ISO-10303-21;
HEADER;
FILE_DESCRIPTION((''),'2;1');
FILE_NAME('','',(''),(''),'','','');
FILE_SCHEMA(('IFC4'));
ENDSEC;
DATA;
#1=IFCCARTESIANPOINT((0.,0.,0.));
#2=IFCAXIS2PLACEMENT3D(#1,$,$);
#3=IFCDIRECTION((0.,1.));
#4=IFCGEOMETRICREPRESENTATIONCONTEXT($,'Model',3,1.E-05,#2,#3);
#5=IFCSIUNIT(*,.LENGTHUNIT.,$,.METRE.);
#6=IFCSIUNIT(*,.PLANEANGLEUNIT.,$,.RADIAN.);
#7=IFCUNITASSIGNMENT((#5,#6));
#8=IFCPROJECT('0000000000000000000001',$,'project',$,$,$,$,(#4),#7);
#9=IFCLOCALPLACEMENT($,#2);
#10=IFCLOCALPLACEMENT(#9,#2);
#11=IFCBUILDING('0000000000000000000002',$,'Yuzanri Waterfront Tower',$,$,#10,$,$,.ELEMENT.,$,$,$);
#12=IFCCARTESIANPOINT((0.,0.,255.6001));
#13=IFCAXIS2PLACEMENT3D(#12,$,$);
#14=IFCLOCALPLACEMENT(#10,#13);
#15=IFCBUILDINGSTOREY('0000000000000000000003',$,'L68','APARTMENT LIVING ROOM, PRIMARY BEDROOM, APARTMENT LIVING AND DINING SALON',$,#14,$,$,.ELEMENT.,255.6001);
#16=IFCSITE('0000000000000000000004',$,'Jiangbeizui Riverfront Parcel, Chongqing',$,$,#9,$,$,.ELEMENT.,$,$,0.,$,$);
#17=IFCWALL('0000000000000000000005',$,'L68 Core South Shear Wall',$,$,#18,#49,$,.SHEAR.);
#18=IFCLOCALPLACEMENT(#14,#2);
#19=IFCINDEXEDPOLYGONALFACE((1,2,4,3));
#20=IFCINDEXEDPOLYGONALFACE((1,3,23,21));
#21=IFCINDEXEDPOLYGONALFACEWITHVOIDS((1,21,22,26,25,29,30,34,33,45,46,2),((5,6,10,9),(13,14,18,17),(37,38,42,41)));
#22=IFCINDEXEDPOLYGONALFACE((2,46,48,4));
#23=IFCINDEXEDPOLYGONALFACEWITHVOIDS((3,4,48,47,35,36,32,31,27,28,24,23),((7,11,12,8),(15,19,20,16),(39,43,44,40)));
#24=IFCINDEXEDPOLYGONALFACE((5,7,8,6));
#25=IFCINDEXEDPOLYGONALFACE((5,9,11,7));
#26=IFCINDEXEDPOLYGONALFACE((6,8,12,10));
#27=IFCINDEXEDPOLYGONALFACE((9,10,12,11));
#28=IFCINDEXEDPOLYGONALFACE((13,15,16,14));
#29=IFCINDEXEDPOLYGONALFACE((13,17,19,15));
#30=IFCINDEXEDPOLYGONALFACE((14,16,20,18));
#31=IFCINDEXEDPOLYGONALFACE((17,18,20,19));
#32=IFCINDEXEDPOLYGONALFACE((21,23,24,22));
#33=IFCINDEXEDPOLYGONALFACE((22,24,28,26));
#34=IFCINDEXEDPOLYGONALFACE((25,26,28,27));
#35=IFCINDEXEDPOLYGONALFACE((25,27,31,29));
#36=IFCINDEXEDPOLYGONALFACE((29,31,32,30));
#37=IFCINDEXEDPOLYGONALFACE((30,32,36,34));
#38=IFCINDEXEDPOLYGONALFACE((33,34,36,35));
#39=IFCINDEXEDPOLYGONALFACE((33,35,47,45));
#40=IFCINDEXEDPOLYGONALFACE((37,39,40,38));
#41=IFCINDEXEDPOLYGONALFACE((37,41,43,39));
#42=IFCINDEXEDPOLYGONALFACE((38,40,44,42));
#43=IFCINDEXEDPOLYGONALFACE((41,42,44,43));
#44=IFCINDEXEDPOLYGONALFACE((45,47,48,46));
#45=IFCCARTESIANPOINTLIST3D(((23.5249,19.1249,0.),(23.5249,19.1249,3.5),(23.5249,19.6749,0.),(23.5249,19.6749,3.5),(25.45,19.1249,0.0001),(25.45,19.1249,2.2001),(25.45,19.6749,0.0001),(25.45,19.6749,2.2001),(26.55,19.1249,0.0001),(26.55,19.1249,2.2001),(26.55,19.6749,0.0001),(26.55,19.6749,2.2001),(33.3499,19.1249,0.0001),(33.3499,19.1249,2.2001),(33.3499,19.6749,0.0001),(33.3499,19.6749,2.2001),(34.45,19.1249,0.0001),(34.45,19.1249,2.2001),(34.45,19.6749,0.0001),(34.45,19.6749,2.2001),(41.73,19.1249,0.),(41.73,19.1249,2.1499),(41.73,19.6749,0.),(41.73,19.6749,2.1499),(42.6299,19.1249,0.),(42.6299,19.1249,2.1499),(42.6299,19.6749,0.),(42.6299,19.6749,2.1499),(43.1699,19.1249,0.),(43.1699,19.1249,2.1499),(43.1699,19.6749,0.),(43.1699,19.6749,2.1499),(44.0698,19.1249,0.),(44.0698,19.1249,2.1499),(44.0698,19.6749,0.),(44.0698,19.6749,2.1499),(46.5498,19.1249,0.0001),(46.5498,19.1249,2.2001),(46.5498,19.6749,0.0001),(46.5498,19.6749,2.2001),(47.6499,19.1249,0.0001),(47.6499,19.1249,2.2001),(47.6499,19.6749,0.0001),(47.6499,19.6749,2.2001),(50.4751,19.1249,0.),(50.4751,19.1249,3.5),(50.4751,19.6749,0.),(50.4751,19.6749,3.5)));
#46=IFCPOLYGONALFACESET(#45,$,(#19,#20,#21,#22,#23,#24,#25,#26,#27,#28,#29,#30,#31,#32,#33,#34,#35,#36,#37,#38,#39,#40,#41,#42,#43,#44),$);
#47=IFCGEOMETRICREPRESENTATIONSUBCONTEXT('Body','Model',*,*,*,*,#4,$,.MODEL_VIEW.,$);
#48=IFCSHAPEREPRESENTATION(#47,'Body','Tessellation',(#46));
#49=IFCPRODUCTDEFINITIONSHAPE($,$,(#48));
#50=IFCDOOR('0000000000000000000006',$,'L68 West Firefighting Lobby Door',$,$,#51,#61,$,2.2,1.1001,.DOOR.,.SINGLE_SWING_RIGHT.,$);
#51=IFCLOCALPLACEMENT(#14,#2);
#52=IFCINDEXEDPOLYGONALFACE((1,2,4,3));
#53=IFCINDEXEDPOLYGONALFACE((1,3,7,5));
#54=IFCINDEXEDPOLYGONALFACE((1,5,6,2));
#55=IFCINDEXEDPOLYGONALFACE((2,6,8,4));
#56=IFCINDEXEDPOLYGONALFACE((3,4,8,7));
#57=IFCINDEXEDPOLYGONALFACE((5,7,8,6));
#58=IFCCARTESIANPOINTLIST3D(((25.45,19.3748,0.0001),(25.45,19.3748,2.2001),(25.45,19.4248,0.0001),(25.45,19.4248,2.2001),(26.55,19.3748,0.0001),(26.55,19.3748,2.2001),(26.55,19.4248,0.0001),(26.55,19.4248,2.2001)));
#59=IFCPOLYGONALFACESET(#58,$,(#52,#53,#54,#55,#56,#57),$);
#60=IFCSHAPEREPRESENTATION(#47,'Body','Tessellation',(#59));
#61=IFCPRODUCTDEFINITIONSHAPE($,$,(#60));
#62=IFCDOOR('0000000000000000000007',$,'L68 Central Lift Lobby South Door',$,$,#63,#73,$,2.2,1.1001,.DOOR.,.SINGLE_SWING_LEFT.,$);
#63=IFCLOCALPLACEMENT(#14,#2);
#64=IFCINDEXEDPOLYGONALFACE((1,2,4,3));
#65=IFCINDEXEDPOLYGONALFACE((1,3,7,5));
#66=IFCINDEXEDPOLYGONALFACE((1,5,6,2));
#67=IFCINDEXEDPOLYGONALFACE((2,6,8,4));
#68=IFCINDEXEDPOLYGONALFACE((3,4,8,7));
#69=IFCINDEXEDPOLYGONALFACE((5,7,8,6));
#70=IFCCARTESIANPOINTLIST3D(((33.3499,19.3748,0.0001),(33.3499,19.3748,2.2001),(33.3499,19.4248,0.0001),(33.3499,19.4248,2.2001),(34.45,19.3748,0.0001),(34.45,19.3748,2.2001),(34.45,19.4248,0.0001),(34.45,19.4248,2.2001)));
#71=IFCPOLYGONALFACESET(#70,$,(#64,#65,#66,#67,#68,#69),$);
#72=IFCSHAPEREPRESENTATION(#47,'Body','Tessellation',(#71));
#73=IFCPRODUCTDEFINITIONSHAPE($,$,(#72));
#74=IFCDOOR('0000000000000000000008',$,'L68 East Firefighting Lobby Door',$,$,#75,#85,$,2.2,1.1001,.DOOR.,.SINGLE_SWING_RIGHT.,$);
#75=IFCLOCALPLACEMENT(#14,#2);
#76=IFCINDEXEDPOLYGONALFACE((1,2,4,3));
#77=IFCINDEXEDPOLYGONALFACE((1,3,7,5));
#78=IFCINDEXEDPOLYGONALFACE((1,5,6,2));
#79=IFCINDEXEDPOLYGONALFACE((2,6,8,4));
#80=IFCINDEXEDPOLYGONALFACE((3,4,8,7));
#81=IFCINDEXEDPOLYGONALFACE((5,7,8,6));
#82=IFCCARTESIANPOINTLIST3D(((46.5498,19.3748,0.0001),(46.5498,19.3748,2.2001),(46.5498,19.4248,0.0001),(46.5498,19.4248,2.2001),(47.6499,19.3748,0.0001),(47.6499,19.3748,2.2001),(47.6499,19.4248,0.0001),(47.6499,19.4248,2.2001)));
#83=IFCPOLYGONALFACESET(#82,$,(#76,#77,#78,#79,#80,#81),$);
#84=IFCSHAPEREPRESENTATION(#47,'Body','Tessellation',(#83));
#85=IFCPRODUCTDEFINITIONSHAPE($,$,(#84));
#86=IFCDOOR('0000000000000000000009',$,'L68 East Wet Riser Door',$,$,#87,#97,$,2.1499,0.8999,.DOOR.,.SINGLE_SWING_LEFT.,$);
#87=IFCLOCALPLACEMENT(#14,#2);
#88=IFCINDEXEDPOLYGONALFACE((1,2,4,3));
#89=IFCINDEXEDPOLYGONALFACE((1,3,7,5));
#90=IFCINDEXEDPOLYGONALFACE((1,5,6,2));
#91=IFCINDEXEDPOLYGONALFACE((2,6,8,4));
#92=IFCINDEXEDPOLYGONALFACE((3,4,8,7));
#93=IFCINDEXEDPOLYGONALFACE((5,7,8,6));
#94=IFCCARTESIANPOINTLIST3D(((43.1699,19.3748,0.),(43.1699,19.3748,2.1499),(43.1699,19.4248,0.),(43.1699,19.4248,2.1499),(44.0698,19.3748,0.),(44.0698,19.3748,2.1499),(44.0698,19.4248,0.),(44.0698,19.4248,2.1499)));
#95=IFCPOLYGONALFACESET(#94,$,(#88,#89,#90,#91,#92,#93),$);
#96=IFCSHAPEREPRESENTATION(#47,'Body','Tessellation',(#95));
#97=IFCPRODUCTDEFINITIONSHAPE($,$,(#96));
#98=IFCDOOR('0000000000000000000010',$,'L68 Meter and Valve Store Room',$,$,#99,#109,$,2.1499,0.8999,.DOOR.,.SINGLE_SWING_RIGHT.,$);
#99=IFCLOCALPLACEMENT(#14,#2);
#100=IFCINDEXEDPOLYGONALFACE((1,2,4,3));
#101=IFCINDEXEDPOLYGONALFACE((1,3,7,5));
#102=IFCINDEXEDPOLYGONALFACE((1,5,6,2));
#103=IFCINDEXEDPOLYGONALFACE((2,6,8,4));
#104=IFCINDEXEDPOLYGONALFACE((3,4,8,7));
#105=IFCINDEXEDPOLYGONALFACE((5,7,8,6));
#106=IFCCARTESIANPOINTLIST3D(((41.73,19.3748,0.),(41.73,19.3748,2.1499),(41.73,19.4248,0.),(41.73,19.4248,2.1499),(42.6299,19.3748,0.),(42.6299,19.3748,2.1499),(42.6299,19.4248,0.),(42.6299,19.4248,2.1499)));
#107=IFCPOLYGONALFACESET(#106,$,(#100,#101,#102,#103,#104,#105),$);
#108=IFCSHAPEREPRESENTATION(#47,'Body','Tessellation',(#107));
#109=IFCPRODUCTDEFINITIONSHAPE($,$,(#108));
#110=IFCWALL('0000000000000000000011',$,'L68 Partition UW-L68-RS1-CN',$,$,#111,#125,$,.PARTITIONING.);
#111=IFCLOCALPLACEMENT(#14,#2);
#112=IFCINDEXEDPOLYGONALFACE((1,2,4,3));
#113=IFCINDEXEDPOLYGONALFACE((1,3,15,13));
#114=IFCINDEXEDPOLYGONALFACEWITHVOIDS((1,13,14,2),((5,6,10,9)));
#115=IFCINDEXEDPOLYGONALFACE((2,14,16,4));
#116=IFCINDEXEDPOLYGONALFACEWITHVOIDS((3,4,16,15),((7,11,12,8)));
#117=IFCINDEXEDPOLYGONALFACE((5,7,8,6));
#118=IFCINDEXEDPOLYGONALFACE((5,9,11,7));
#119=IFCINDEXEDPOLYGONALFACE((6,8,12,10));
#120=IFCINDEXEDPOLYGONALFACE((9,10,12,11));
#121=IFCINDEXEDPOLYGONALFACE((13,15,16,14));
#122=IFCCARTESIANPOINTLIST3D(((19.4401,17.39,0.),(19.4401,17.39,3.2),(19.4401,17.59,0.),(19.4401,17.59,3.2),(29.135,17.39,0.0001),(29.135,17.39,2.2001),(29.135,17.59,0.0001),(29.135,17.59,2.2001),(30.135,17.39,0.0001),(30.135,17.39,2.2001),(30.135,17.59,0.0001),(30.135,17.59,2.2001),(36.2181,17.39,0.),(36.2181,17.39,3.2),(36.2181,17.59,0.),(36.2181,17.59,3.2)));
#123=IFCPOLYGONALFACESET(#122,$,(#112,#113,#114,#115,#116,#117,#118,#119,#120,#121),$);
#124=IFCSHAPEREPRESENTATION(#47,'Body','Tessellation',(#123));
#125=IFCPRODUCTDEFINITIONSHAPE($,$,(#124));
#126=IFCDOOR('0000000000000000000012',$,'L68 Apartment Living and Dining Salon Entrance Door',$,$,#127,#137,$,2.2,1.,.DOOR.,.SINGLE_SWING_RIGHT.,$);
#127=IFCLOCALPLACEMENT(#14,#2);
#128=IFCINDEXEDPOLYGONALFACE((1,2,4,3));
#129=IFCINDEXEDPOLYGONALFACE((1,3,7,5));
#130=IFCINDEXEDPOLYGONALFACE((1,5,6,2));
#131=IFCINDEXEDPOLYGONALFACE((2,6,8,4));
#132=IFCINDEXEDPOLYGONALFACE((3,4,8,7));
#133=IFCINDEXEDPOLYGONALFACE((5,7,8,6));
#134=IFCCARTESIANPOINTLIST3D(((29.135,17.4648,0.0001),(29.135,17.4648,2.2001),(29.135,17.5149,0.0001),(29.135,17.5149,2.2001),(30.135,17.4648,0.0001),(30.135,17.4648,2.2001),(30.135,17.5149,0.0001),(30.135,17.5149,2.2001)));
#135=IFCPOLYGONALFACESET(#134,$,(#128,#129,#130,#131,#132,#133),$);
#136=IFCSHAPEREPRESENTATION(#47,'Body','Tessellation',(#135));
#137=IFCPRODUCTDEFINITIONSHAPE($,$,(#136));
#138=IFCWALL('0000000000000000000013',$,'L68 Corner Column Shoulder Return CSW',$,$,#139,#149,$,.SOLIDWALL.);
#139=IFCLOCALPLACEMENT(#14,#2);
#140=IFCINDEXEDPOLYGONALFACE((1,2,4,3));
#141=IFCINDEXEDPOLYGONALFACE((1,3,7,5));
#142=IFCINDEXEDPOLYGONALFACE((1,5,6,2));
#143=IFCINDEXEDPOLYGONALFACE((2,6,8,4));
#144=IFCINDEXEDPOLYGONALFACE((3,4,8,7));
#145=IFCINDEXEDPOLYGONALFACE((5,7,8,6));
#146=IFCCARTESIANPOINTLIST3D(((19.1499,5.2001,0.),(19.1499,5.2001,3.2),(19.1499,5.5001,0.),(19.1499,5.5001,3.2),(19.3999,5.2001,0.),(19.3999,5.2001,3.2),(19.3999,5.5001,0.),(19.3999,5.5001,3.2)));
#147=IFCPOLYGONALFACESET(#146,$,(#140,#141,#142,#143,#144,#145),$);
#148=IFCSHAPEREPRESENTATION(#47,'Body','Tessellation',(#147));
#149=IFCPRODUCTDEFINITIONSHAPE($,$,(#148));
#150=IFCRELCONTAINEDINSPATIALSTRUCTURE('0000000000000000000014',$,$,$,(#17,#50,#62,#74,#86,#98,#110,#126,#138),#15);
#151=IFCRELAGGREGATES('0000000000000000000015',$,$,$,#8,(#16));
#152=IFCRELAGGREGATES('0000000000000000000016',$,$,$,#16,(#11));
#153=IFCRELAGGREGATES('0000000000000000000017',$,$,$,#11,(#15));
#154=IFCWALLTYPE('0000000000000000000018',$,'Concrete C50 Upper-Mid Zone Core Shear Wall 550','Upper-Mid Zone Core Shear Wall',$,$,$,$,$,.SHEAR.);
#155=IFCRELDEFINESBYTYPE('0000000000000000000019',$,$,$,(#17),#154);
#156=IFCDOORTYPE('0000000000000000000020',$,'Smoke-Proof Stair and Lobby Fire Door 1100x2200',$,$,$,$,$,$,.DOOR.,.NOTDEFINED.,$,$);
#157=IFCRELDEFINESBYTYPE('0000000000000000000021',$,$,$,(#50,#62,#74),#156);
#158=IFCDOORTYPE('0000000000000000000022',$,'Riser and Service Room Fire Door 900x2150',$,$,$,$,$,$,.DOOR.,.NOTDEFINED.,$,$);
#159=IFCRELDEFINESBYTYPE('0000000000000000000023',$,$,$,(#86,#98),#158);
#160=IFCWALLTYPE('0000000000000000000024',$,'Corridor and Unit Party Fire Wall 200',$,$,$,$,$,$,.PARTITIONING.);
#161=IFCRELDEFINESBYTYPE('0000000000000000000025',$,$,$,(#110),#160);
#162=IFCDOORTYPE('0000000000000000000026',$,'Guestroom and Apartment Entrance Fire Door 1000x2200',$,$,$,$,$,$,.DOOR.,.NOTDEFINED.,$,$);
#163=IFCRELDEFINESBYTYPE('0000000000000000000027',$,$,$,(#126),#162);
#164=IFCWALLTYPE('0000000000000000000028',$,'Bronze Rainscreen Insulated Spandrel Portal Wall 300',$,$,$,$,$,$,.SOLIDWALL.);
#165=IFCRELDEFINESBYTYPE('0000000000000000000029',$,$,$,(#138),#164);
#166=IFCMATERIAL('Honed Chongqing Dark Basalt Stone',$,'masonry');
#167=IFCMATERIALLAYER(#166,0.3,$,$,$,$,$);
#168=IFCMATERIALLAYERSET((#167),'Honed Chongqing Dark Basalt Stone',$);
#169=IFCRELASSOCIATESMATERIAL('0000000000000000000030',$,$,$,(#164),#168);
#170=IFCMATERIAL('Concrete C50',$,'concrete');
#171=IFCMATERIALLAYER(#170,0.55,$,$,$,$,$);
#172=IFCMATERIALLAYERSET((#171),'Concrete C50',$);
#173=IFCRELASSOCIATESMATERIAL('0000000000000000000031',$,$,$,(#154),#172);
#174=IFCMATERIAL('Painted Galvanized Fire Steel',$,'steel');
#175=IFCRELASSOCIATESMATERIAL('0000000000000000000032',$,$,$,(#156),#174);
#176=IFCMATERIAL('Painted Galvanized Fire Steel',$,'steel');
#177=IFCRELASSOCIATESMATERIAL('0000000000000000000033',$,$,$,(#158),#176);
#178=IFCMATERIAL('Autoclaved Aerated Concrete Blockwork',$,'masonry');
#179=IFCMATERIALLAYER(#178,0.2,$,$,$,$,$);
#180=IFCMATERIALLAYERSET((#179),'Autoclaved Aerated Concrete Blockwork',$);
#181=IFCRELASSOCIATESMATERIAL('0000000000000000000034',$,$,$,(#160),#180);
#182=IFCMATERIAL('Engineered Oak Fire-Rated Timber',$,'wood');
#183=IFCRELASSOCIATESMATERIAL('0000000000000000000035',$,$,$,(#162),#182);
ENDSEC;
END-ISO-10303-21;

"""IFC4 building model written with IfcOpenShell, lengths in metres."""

from ifc_helpers import new_model, si_unit, direction, frame, frame_2d, origin, place, context, subcontext, project, spatial, rectangle, extrude, source, transform, mapped, material, layer, layer_set, type_object, element, fill, save


model = new_model("IFC4")

# Units and contexts
model_context = context("Model", 3, precision=1e-05, world=origin(), true_north=direction((0.0, 1.0)))
body_context = subcontext(model_context, "Body", "Model", "MODEL_VIEW")
ifc_project = project(units=[si_unit("LENGTHUNIT", "METRE"), si_unit("PLANEANGLEUNIT", "RADIAN")], contexts=[model_context])

# Site, building, storey
site_placement = place(None, origin())
site = spatial("IfcSite", under=ifc_project, at=site_placement, Name="Jiangbeizui Riverfront Parcel, Chongqing", CompositionType="ELEMENT", RefElevation=0.0)
building_placement = place(site_placement, origin())
building = spatial("IfcBuilding", under=site, at=building_placement, Name="Yuzanri Waterfront Tower", CompositionType="ELEMENT")
storey_placement = place(building_placement, frame((0.0, 0.0, 255.6001)))
storey = spatial("IfcBuildingStorey", under=building, at=storey_placement, Name="L68", Description="APARTMENT LIVING ROOM, PRIMARY BEDROOM, APARTMENT LIVING AND DINING SALON", CompositionType="ELEMENT", Elevation=255.6001)

# Shared definitions
ifc_material_1 = material(Name="Honed Chongqing Dark Basalt Stone", Category="masonry")
ifc_layer_1 = layer(ifc_material_1, 0.3)
ifc_layer_set_1 = layer_set([ifc_layer_1], Name="Honed Chongqing Dark Basalt Stone")
wall_type_1 = type_object("IfcWallType", Name="Bronze Rainscreen Insulated Spandrel Portal Wall 300", PredefinedType="SOLIDWALL", material=ifc_layer_set_1)

# Wall, openings, doors
ifc_material_2 = material(Name="Concrete C50", Category="concrete")
ifc_layer_2 = layer(ifc_material_2, 0.55)
ifc_layer_set_2 = layer_set([ifc_layer_2], Name="Concrete C50")
wall_type_2 = type_object("IfcWallType", Name="Concrete C50 Upper-Mid Zone Core Shear Wall 550", Description="Upper-Mid Zone Core Shear Wall", PredefinedType="SHEAR", material=ifc_layer_set_2)
wall_1_placement = place(storey_placement, frame((23.5249, 19.3999, 0.0), z_axis=(0.0, 0.0, 1.0), x_axis=(1.0, 0.0, 0.0)))
wall_1 = element("IfcWall", 1, at=wall_1_placement, inside=storey, type_object=wall_type_2, Name="L68 Core South Shear Wall", PredefinedType="SHEAR", context=body_context, shape_type="SweptSolid", body=[
    extrude(rectangle(XDim=26.9502, YDim=0.55, at=frame_2d((13.4751, 0.0))), origin(), (0.0, 0.0, 1.0), 3.5),
])
opening_1_placement = place(wall_1_placement, frame((1.925, 0.0, 0.0)))
opening_1 = element("IfcOpeningElement", 2, at=opening_1_placement, cuts=wall_1, PredefinedType="OPENING", context=body_context, shape_type="SweptSolid", body=[
    extrude(rectangle(XDim=1.1001, YDim=2.2, at=frame_2d((0.55, 1.1001))), frame((0.0, 0.29, 0.0), z_axis=(0.0, -1.0, 0.0), x_axis=(1.0, 0.0, 0.0)), (0.0, 0.0, 1.0), 0.5798),
])
opening_2_placement = place(wall_1_placement, frame((9.825, 0.0, 0.0)))
opening_2 = element("IfcOpeningElement", 3, at=opening_2_placement, cuts=wall_1, PredefinedType="OPENING", context=body_context, shape_type="SweptSolid", body=[
    extrude(rectangle(XDim=1.1001, YDim=2.2, at=frame_2d((0.55, 1.1001))), frame((0.0, 0.29, 0.0), z_axis=(0.0, -1.0, 0.0), x_axis=(1.0, 0.0, 0.0)), (0.0, 0.0, 1.0), 0.5798),
])
opening_3_placement = place(wall_1_placement, frame((23.0249, 0.0, 0.0)))
opening_3 = element("IfcOpeningElement", 4, at=opening_3_placement, cuts=wall_1, PredefinedType="OPENING", context=body_context, shape_type="SweptSolid", body=[
    extrude(rectangle(XDim=1.1001, YDim=2.2, at=frame_2d((0.55, 1.1001))), frame((0.0, 0.29, 0.0), z_axis=(0.0, -1.0, 0.0), x_axis=(1.0, 0.0, 0.0)), (0.0, 0.0, 1.0), 0.5798),
])
opening_4_placement = place(wall_1_placement, frame((19.645, 0.0, 0.0)))
opening_4 = element("IfcOpeningElement", 5, at=opening_4_placement, cuts=wall_1, PredefinedType="OPENING", context=body_context, shape_type="SweptSolid", body=[
    extrude(rectangle(XDim=0.8999, YDim=2.1499, at=frame_2d((0.45, 1.075))), frame((0.0, 0.29, 0.0), z_axis=(0.0, -1.0, 0.0), x_axis=(1.0, 0.0, 0.0)), (0.0, 0.0, 1.0), 0.5798),
])
opening_5_placement = place(wall_1_placement, frame((18.2051, 0.0, 0.0)))
opening_5 = element("IfcOpeningElement", 6, at=opening_5_placement, cuts=wall_1, PredefinedType="OPENING", context=body_context, shape_type="SweptSolid", body=[
    extrude(rectangle(XDim=0.8999, YDim=2.1499, at=frame_2d((0.45, 1.075))), frame((0.0, 0.29, 0.0), z_axis=(0.0, -1.0, 0.0), x_axis=(1.0, 0.0, 0.0)), (0.0, 0.0, 1.0), 0.5798),
])
ifc_material_3 = material(Name="Painted Galvanized Fire Steel", Category="steel")
door_type_1 = type_object("IfcDoorType", Name="Smoke-Proof Stair and Lobby Fire Door 1100x2200", OperationType="NOTDEFINED", PredefinedType="DOOR", material=ifc_material_3)
shared_shape_1 = source(origin(), body_context, "Body", "SweptSolid", [
    extrude(rectangle(XDim=1.1001, YDim=2.2, at=frame_2d((0.55, 1.1001))), frame((0.0, 0.0249, 0.0), z_axis=(0.0, -1.0, 0.0), x_axis=(1.0, 0.0, 0.0)), (0.0, 0.0, 1.0), 0.05),
])
door_1_placement = place(opening_1_placement, origin())
door_1 = element("IfcDoor", 7, at=door_1_placement, inside=storey, type_object=door_type_1, Name="L68 West Firefighting Lobby Door", OperationType="SINGLE_SWING_RIGHT", OverallHeight=2.2, OverallWidth=1.1001, PredefinedType="DOOR", context=body_context, shape_type="MappedRepresentation", body=[
    mapped(shared_shape_1, transform((0.0, 0.0, 0.0), scale=1.0)),
])
fill(opening_1, door_1)
door_2_placement = place(opening_2_placement, origin())
door_2 = element("IfcDoor", 8, at=door_2_placement, inside=storey, type_object=door_type_1, Name="L68 Central Lift Lobby South Door", OperationType="SINGLE_SWING_LEFT", OverallHeight=2.2, OverallWidth=1.1001, PredefinedType="DOOR", context=body_context, shape_type="MappedRepresentation", body=[
    mapped(shared_shape_1, transform((0.0, 0.0, 0.0), scale=1.0)),
])
fill(opening_2, door_2)
door_3_placement = place(opening_3_placement, origin())
door_3 = element("IfcDoor", 9, at=door_3_placement, inside=storey, type_object=door_type_1, Name="L68 East Firefighting Lobby Door", OperationType="SINGLE_SWING_RIGHT", OverallHeight=2.2, OverallWidth=1.1001, PredefinedType="DOOR", context=body_context, shape_type="MappedRepresentation", body=[
    mapped(shared_shape_1, transform((0.0, 0.0, 0.0), scale=1.0)),
])
fill(opening_3, door_3)
ifc_material_4 = material(Name="Painted Galvanized Fire Steel", Category="steel")
door_type_2 = type_object("IfcDoorType", Name="Riser and Service Room Fire Door 900x2150", OperationType="NOTDEFINED", PredefinedType="DOOR", material=ifc_material_4)
shared_shape_2 = source(origin(), body_context, "Body", "SweptSolid", [
    extrude(rectangle(XDim=0.8999, YDim=2.1499, at=frame_2d((0.45, 1.075))), frame((0.0, 0.0249, 0.0), z_axis=(0.0, -1.0, 0.0), x_axis=(1.0, 0.0, 0.0)), (0.0, 0.0, 1.0), 0.05),
])
door_4_placement = place(opening_4_placement, origin())
door_4 = element("IfcDoor", 10, at=door_4_placement, inside=storey, type_object=door_type_2, Name="L68 East Wet Riser Door", OperationType="SINGLE_SWING_LEFT", OverallHeight=2.1499, OverallWidth=0.8999, PredefinedType="DOOR", context=body_context, shape_type="MappedRepresentation", body=[
    mapped(shared_shape_2, transform((0.0, 0.0, 0.0), scale=1.0)),
])
fill(opening_4, door_4)
door_5_placement = place(opening_5_placement, origin())
door_5 = element("IfcDoor", 11, at=door_5_placement, inside=storey, type_object=door_type_2, Name="L68 Meter and Valve Store Room", OperationType="SINGLE_SWING_RIGHT", OverallHeight=2.1499, OverallWidth=0.8999, PredefinedType="DOOR", context=body_context, shape_type="MappedRepresentation", body=[
    mapped(shared_shape_2, transform((0.0, 0.0, 0.0), scale=1.0)),
])
fill(opening_5, door_5)

# Wall, opening, door
ifc_material_5 = material(Name="Autoclaved Aerated Concrete Blockwork", Category="masonry")
ifc_layer_3 = layer(ifc_material_5, 0.2)
ifc_layer_set_3 = layer_set([ifc_layer_3], Name="Autoclaved Aerated Concrete Blockwork")
wall_type_3 = type_object("IfcWallType", Name="Corridor and Unit Party Fire Wall 200", PredefinedType="PARTITIONING", material=ifc_layer_set_3)
wall_2_placement = place(storey_placement, frame((19.4399, 17.49, 0.0), z_axis=(0.0, 0.0, 1.0), x_axis=(1.0, 0.0, 0.0)))
wall_2 = element("IfcWall", 12, at=wall_2_placement, inside=storey, type_object=wall_type_3, Name="L68 Partition UW-L68-RS1-CN", PredefinedType="PARTITIONING", context=body_context, shape_type="SweptSolid", body=[
    extrude(rectangle(XDim=16.7781, YDim=0.2, at=frame_2d((8.3892, 0.0))), origin(), (0.0, 0.0, 1.0), 3.2),
])
opening_6_placement = place(wall_2_placement, frame((9.6951, 0.0, 0.0)))
opening_6 = element("IfcOpeningElement", 13, at=opening_6_placement, cuts=wall_2, PredefinedType="OPENING", context=body_context, shape_type="SweptSolid", body=[
    extrude(rectangle(XDim=1.0, YDim=2.2, at=frame_2d((0.5, 1.1001))), frame((0.0, 0.1147, 0.0), z_axis=(0.0, -1.0, 0.0), x_axis=(1.0, 0.0, 0.0)), (0.0, 0.0, 1.0), 0.2297),
])
ifc_material_6 = material(Name="Engineered Oak Fire-Rated Timber", Category="wood")
door_type_3 = type_object("IfcDoorType", Name="Guestroom and Apartment Entrance Fire Door 1000x2200", OperationType="NOTDEFINED", PredefinedType="DOOR", material=ifc_material_6)
shared_shape_3 = source(origin(), body_context, "Body", "SweptSolid", [
    extrude(rectangle(XDim=1.0, YDim=2.2, at=frame_2d((0.5, 1.1001))), frame((0.0, 0.0249, 0.0), z_axis=(0.0, -1.0, 0.0), x_axis=(1.0, 0.0, 0.0)), (0.0, 0.0, 1.0), 0.05),
])
door_6_placement = place(opening_6_placement, origin())
door_6 = element("IfcDoor", 14, at=door_6_placement, inside=storey, type_object=door_type_3, Name="L68 Apartment Living and Dining Salon Entrance Door", OperationType="SINGLE_SWING_RIGHT", OverallHeight=2.2, OverallWidth=1.0, PredefinedType="DOOR", context=body_context, shape_type="MappedRepresentation", body=[
    mapped(shared_shape_3, transform((0.0, 0.0, 0.0), scale=1.0)),
])
fill(opening_6, door_6)

# Wall
shared_shape_4 = source(origin(), body_context, "Body", "SweptSolid", [
    extrude(rectangle(XDim=0.25, YDim=0.3, at=frame_2d((0.125, 0.0))), origin(), (0.0, 0.0, 1.0), 3.2),
])
wall_3_placement = place(storey_placement, frame((19.1499, 5.3501, 0.0), z_axis=(0.0, 0.0, 1.0), x_axis=(1.0, 0.0, 0.0)))
element("IfcWall", 15, at=wall_3_placement, inside=storey, type_object=wall_type_1, Name="L68 Corner Column Shoulder Return CSW", PredefinedType="SOLIDWALL", context=body_context, shape_type="MappedRepresentation", body=[
    mapped(shared_shape_4, transform((0.0, 0.0, 0.0), scale=1.0)),
])

save(model, "model.ifc")
